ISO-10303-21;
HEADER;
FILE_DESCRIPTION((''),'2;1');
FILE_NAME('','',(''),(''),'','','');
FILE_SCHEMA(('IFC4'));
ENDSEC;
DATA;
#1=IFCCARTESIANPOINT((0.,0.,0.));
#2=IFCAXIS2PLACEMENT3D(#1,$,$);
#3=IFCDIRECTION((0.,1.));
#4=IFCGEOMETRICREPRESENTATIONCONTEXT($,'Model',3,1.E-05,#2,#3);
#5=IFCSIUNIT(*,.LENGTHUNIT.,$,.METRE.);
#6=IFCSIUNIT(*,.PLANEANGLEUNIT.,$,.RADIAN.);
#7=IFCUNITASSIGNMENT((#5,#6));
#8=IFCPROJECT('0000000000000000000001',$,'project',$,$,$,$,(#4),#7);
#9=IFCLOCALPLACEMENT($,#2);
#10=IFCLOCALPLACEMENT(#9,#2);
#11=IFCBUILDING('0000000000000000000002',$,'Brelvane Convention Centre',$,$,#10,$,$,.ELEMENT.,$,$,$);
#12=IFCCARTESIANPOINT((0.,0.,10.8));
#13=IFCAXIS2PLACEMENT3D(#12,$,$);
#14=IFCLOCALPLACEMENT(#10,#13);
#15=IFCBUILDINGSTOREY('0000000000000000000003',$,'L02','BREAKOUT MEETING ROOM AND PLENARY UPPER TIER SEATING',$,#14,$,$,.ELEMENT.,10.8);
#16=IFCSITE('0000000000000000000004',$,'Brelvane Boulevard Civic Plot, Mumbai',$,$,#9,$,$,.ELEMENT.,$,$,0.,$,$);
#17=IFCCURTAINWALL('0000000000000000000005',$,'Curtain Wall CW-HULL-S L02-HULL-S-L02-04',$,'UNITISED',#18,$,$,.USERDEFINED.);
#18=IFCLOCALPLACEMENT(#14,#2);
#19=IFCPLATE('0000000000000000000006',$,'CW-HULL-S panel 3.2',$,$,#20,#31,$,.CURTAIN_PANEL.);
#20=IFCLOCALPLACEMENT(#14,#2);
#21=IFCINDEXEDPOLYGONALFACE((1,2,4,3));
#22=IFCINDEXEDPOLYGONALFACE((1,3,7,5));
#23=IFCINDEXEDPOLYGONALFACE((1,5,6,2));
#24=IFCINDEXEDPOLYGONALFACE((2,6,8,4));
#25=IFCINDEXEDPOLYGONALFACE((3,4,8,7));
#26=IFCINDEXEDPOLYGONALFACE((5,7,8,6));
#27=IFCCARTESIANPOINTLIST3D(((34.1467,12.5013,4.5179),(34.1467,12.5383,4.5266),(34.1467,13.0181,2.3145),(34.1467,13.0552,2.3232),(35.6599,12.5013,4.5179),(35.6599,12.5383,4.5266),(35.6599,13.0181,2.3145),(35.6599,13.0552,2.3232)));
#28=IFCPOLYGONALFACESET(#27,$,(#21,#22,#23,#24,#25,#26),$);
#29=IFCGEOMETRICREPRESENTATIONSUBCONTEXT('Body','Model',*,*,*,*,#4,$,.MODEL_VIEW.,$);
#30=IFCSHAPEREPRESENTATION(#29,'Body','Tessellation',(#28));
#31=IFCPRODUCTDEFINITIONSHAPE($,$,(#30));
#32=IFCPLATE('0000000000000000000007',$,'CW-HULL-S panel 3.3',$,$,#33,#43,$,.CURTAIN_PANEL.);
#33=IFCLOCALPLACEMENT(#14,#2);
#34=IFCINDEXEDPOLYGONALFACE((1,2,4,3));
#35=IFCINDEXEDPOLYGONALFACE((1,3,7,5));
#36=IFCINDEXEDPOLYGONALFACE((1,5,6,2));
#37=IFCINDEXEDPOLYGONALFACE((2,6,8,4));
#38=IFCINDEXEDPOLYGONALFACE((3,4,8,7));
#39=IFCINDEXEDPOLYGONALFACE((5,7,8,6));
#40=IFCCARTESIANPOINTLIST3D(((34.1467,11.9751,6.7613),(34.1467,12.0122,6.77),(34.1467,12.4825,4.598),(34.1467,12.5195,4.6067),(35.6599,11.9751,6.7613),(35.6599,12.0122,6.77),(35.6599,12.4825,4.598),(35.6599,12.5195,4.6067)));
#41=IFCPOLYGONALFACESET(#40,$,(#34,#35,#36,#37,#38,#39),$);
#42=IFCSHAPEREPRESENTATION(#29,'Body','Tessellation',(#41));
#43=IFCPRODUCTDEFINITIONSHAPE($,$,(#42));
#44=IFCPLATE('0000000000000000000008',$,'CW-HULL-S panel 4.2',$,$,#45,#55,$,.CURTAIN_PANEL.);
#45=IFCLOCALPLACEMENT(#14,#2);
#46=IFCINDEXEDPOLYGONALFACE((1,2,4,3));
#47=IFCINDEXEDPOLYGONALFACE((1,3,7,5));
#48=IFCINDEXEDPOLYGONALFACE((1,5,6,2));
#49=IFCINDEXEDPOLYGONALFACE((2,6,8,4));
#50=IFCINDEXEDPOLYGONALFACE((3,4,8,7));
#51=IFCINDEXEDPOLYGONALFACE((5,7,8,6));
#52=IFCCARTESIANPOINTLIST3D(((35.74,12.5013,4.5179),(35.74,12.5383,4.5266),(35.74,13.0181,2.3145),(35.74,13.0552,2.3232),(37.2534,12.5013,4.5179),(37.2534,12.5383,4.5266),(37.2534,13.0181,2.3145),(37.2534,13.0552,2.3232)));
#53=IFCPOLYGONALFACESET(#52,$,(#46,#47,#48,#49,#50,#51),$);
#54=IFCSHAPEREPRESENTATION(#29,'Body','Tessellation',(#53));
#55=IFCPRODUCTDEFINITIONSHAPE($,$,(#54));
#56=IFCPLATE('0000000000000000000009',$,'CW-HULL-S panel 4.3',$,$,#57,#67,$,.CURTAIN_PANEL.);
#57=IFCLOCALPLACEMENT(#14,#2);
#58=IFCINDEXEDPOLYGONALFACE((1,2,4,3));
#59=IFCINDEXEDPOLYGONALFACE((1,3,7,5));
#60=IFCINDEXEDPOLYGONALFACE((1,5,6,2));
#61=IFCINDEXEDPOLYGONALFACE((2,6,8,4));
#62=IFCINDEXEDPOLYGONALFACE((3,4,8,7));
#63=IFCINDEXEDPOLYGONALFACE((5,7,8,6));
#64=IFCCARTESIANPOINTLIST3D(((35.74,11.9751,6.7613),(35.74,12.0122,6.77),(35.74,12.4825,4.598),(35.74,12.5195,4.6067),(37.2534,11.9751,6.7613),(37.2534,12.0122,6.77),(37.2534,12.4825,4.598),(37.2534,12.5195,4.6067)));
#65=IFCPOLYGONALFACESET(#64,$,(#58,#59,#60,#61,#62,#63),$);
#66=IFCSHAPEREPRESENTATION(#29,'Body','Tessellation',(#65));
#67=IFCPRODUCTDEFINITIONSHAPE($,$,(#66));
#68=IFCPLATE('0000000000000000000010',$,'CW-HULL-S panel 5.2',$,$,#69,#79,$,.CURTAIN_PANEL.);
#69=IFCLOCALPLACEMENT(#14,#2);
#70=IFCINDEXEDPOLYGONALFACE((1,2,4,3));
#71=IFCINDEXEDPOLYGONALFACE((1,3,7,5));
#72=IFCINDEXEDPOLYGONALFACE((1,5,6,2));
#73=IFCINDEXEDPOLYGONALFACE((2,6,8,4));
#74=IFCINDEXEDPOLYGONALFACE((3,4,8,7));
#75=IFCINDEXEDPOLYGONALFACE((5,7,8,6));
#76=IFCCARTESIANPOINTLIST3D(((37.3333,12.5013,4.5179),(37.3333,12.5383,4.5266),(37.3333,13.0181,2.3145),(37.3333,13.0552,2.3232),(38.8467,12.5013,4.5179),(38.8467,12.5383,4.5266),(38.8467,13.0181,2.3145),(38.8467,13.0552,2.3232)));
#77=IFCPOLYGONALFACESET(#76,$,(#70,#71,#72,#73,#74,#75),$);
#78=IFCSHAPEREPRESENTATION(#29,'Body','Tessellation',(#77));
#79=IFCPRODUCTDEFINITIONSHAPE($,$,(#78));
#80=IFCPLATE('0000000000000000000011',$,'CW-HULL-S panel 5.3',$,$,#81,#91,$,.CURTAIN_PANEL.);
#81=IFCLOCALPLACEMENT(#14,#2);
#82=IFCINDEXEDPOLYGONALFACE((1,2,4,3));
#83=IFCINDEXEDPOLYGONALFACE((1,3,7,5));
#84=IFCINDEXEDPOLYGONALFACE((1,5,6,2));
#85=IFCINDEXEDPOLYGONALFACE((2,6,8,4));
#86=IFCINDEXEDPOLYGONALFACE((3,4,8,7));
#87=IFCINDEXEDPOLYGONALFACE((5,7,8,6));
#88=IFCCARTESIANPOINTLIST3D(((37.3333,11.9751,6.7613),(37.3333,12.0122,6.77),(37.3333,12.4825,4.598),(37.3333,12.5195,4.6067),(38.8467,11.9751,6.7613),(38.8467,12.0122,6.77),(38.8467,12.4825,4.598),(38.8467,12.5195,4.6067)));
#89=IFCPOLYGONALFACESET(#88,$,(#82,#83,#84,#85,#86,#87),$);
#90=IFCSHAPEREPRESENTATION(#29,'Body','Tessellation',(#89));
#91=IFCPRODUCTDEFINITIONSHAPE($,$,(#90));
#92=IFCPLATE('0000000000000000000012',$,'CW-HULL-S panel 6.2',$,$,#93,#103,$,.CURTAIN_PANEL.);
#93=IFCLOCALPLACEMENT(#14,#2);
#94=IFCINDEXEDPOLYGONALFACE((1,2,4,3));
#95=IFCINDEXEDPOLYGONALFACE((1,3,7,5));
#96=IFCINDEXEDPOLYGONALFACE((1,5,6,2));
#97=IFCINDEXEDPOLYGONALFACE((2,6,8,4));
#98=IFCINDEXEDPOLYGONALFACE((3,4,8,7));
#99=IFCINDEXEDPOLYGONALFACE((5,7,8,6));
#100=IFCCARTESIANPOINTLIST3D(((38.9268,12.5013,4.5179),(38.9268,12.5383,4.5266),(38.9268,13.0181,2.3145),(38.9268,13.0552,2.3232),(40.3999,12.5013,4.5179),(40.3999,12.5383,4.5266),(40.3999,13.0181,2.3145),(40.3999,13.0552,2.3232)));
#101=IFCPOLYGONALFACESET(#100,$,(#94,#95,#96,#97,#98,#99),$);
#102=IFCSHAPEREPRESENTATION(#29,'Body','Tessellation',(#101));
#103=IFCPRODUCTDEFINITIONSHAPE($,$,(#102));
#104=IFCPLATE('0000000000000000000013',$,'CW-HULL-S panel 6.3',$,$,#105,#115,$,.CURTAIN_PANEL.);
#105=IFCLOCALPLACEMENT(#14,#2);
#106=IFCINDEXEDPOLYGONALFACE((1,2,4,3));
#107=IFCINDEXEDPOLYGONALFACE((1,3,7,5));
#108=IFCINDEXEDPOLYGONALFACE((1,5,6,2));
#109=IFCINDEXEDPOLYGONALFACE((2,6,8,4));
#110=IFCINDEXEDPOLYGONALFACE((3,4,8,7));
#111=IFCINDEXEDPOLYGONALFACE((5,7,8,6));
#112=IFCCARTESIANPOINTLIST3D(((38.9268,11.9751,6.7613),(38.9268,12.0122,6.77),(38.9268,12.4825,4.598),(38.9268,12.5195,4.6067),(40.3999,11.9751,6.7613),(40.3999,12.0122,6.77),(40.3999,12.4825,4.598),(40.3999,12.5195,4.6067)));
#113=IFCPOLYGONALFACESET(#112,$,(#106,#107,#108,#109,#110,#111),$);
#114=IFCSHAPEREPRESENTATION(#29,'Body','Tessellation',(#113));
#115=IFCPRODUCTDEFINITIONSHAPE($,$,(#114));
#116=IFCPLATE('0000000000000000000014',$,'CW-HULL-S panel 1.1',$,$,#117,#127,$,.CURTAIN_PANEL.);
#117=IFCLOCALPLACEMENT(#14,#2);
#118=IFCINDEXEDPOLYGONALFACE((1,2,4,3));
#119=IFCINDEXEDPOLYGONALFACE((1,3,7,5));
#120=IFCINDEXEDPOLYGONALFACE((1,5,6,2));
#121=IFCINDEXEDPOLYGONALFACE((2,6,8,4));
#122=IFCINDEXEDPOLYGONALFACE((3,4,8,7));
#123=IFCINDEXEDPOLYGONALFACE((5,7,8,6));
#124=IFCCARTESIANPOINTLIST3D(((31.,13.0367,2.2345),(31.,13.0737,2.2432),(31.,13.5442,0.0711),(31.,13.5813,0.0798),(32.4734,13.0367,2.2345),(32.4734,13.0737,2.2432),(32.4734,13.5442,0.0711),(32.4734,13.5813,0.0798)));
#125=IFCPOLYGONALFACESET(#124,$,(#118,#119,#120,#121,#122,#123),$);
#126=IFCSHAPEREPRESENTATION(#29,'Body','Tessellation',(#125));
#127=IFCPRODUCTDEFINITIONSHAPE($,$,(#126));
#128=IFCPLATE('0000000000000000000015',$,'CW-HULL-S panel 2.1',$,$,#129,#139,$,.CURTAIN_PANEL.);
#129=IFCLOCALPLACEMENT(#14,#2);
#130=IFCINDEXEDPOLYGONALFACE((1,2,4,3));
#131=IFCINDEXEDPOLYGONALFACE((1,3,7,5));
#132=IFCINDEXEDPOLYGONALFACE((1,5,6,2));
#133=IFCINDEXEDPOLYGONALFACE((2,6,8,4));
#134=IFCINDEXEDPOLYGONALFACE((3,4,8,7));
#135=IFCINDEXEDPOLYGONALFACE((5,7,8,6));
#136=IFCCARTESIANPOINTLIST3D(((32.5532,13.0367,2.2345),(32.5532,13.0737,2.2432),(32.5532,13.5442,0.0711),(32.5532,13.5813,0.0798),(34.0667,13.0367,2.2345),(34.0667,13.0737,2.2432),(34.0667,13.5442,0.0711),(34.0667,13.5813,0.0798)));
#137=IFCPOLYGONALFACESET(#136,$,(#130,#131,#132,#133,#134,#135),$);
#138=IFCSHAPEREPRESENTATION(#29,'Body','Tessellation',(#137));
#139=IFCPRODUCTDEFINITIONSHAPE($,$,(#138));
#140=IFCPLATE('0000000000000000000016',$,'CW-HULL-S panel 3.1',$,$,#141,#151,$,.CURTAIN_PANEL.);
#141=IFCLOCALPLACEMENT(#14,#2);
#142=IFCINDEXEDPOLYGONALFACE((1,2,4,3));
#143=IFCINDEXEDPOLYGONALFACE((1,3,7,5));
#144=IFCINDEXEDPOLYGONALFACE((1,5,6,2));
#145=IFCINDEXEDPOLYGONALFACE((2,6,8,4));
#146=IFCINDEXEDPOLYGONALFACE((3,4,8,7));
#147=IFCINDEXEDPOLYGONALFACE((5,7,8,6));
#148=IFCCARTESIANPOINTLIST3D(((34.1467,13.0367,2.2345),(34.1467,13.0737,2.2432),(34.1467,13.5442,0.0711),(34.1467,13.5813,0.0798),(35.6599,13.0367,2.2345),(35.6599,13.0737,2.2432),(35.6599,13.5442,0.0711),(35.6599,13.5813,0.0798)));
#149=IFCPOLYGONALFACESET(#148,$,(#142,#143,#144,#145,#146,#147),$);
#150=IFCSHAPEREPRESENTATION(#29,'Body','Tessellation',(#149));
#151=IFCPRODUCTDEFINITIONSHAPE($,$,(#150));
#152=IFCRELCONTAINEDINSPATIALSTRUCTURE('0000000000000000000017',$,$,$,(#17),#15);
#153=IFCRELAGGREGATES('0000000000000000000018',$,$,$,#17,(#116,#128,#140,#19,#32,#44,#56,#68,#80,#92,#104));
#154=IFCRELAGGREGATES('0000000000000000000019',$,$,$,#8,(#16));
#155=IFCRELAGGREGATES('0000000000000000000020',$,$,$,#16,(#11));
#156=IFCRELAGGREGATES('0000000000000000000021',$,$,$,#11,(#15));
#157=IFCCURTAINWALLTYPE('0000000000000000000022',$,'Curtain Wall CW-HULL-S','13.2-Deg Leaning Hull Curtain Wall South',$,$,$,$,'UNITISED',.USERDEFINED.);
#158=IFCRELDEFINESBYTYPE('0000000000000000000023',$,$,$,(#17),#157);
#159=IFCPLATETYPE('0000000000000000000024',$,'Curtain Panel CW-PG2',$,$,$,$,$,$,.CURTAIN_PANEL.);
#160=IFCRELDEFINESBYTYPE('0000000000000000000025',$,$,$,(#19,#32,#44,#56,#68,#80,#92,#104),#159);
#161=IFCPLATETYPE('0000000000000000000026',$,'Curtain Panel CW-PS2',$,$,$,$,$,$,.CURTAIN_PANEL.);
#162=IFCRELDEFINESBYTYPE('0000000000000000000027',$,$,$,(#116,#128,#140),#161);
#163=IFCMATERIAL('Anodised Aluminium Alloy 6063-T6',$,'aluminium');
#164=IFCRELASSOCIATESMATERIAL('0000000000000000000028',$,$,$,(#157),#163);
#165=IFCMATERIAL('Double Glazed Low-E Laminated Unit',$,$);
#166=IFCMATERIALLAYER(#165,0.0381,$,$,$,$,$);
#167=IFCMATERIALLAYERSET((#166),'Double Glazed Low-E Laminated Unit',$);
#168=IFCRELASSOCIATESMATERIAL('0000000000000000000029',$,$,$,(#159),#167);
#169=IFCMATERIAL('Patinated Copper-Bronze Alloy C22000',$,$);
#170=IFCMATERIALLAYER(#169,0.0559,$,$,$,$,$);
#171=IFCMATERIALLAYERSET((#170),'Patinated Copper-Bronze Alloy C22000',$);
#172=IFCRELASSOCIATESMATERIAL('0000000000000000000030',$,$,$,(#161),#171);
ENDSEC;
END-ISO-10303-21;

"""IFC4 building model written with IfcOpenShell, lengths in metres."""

from ifc_helpers import new_model, si_unit, direction, frame, origin, place, context, subcontext, project, spatial, polyline, outline, extrude, material, layer, layer_set, type_object, element, aggregate, save


model = new_model("IFC4")

# Units and contexts
model_context = context("Model", 3, precision=1e-05, world=origin(), true_north=direction((0.0, 1.0)))
body_context = subcontext(model_context, "Body", "Model", "MODEL_VIEW")
ifc_project = project(units=[si_unit("LENGTHUNIT", "METRE"), si_unit("PLANEANGLEUNIT", "RADIAN")], contexts=[model_context])

# Site, building, storey
site_placement = place(None, origin())
site = spatial("IfcSite", under=ifc_project, at=site_placement, Name="Brelvane Boulevard Civic Plot, Mumbai", CompositionType="ELEMENT", RefElevation=0.0)
building_placement = place(site_placement, origin())
building = spatial("IfcBuilding", under=site, at=building_placement, Name="Brelvane Convention Centre", CompositionType="ELEMENT")
storey_placement = place(building_placement, frame((0.0, 0.0, 10.8)))
storey = spatial("IfcBuildingStorey", under=building, at=storey_placement, Name="L02", Description="BREAKOUT MEETING ROOM AND PLENARY UPPER TIER SEATING", CompositionType="ELEMENT", Elevation=10.8)

# Curtain wall, plates
ifc_material_1 = material(Name="Anodised Aluminium Alloy 6063-T6", Category="aluminium")
curtain_wall_type = type_object("IfcCurtainWallType", Name="Curtain Wall CW-HULL-S", Description="13.2-Deg Leaning Hull Curtain Wall South", ElementType="UNITISED", PredefinedType="USERDEFINED", material=ifc_material_1)
curtain_wall_placement = place(storey_placement, origin())
curtain_wall = element("IfcCurtainWall", 1, at=curtain_wall_placement, inside=storey, type_object=curtain_wall_type, Name="Curtain Wall CW-HULL-S L02-HULL-S-L02-04", ObjectType="UNITISED", PredefinedType="USERDEFINED")
ifc_material_2 = material(Name="Double Glazed Low-E Laminated Unit")
ifc_layer_1 = layer(ifc_material_2, 0.0381)
ifc_layer_set_1 = layer_set([ifc_layer_1], Name="Double Glazed Low-E Laminated Unit")
plate_type_1 = type_object("IfcPlateType", Name="Curtain Panel CW-PG2", PredefinedType="CURTAIN_PANEL", material=ifc_layer_set_1)
plate_1_placement = place(storey_placement, frame((34.1467, 13.0552, 2.3232), z_axis=(0.0, 0.973574, 0.228372), x_axis=(1.0, 0.0, 0.0)))
plate_1 = element("IfcPlate", 2, at=plate_1_placement, type_object=plate_type_1, Name="CW-HULL-S panel 3.2", PredefinedType="CURTAIN_PANEL", context=body_context, shape_type="SweptSolid", body=[
    extrude(outline(polyline([(0.0, 0.0), (1.5132, 0.0), (1.5132, -2.2632), (0.0, -2.2632), (0.0, 0.0)])), origin(), (0.0, 0.0, -1.0), 0.0381),
])
plate_2_placement = place(storey_placement, frame((34.1467, 12.5195, 4.6067), z_axis=(0.0, 0.973587, 0.228317), x_axis=(1.0, 0.0, 0.0)))
plate_2 = element("IfcPlate", 3, at=plate_2_placement, type_object=plate_type_1, Name="CW-HULL-S panel 3.3", PredefinedType="CURTAIN_PANEL", context=body_context, shape_type="SweptSolid", body=[
    extrude(outline(polyline([(0.0, 0.0), (1.5132, 0.0), (1.5132, -2.222), (0.0, -2.222), (0.0, 0.0)])), origin(), (0.0, 0.0, -1.0), 0.0381),
])
plate_3_placement = place(storey_placement, frame((35.74, 13.0552, 2.3232), z_axis=(0.0, 0.973574, 0.228372), x_axis=(1.0, 0.0, 0.0)))
plate_3 = element("IfcPlate", 4, at=plate_3_placement, type_object=plate_type_1, Name="CW-HULL-S panel 4.2", PredefinedType="CURTAIN_PANEL", context=body_context, shape_type="SweptSolid", body=[
    extrude(outline(polyline([(0.0, 0.0), (1.5134, 0.0), (1.5134, -2.2632), (0.0, -2.2632), (0.0, 0.0)])), origin(), (0.0, 0.0, -1.0), 0.0381),
])
plate_4_placement = place(storey_placement, frame((35.74, 12.5195, 4.6067), z_axis=(0.0, 0.973587, 0.228317), x_axis=(1.0, 0.0, 0.0)))
plate_4 = element("IfcPlate", 5, at=plate_4_placement, type_object=plate_type_1, Name="CW-HULL-S panel 4.3", PredefinedType="CURTAIN_PANEL", context=body_context, shape_type="SweptSolid", body=[
    extrude(outline(polyline([(0.0, 0.0), (1.5134, 0.0), (1.5134, -2.222), (0.0, -2.222), (0.0, 0.0)])), origin(), (0.0, 0.0, -1.0), 0.0381),
])
plate_5_placement = place(storey_placement, frame((37.3333, 13.0552, 2.3232), z_axis=(0.0, 0.973574, 0.228372), x_axis=(1.0, 0.0, 0.0)))
plate_5 = element("IfcPlate", 6, at=plate_5_placement, type_object=plate_type_1, Name="CW-HULL-S panel 5.2", PredefinedType="CURTAIN_PANEL", context=body_context, shape_type="SweptSolid", body=[
    extrude(outline(polyline([(0.0, 0.0), (1.5134, 0.0), (1.5134, -2.2632), (0.0, -2.2632), (0.0, 0.0)])), origin(), (0.0, 0.0, -1.0), 0.0381),
])
plate_6_placement = place(storey_placement, frame((37.3333, 12.5195, 4.6067), z_axis=(0.0, 0.973587, 0.228317), x_axis=(1.0, 0.0, 0.0)))
plate_6 = element("IfcPlate", 7, at=plate_6_placement, type_object=plate_type_1, Name="CW-HULL-S panel 5.3", PredefinedType="CURTAIN_PANEL", context=body_context, shape_type="SweptSolid", body=[
    extrude(outline(polyline([(0.0, 0.0), (1.5134, 0.0), (1.5134, -2.222), (0.0, -2.222), (0.0, 0.0)])), origin(), (0.0, 0.0, -1.0), 0.0381),
])
plate_7_placement = place(storey_placement, frame((38.9268, 13.0552, 2.3232), z_axis=(0.0, 0.973574, 0.228372), x_axis=(1.0, 0.0, 0.0)))
plate_7 = element("IfcPlate", 8, at=plate_7_placement, type_object=plate_type_1, Name="CW-HULL-S panel 6.2", PredefinedType="CURTAIN_PANEL", context=body_context, shape_type="SweptSolid", body=[
    extrude(outline(polyline([(0.0, 0.0), (1.4731, 0.0), (1.4731, -2.2632), (0.0, -2.2632), (0.0, 0.0)])), origin(), (0.0, 0.0, -1.0), 0.0381),
])
plate_8_placement = place(storey_placement, frame((38.9268, 12.5195, 4.6067), z_axis=(0.0, 0.973587, 0.228317), x_axis=(1.0, 0.0, 0.0)))
plate_8 = element("IfcPlate", 9, at=plate_8_placement, type_object=plate_type_1, Name="CW-HULL-S panel 6.3", PredefinedType="CURTAIN_PANEL", context=body_context, shape_type="SweptSolid", body=[
    extrude(outline(polyline([(0.0, 0.0), (1.4731, 0.0), (1.4731, -2.222), (0.0, -2.222), (0.0, 0.0)])), origin(), (0.0, 0.0, -1.0), 0.0381),
])
ifc_material_3 = material(Name="Patinated Copper-Bronze Alloy C22000")
ifc_layer_2 = layer(ifc_material_3, 0.0559)
ifc_layer_set_2 = layer_set([ifc_layer_2], Name="Patinated Copper-Bronze Alloy C22000")
plate_type_2 = type_object("IfcPlateType", Name="Curtain Panel CW-PS2", PredefinedType="CURTAIN_PANEL", material=ifc_layer_set_2)
plate_9_placement = place(storey_placement, frame((31.0, 13.5813, 0.0798), z_axis=(0.0, 0.973563, 0.228421), x_axis=(1.0, 0.0, 0.0)))
plate_9 = element("IfcPlate", 10, at=plate_9_placement, type_object=plate_type_2, Name="CW-HULL-S panel 1.1", PredefinedType="CURTAIN_PANEL", context=body_context, shape_type="SweptSolid", body=[
    extrude(outline(polyline([(0.0, 0.0), (1.4734, 0.0), (1.4734, -2.2221), (0.0, -2.2221), (0.0, 0.0)])), origin(), (0.0, 0.0, -1.0), 0.0381),
])
plate_10_placement = place(storey_placement, frame((32.5532, 13.5813, 0.0798), z_axis=(0.0, 0.973563, 0.228421), x_axis=(1.0, 0.0, 0.0)))
plate_10 = element("IfcPlate", 11, at=plate_10_placement, type_object=plate_type_2, Name="CW-HULL-S panel 2.1", PredefinedType="CURTAIN_PANEL", context=body_context, shape_type="SweptSolid", body=[
    extrude(outline(polyline([(0.0, 0.0), (1.5134, 0.0), (1.5134, -2.2221), (0.0, -2.2221), (0.0, 0.0)])), origin(), (0.0, 0.0, -1.0), 0.0381),
])
plate_11_placement = place(storey_placement, frame((34.1467, 13.5813, 0.0798), z_axis=(0.0, 0.973563, 0.228421), x_axis=(1.0, 0.0, 0.0)))
plate_11 = element("IfcPlate", 12, at=plate_11_placement, type_object=plate_type_2, Name="CW-HULL-S panel 3.1", PredefinedType="CURTAIN_PANEL", context=body_context, shape_type="SweptSolid", body=[
    extrude(outline(polyline([(0.0, 0.0), (1.5132, 0.0), (1.5132, -2.2221), (0.0, -2.2221), (0.0, 0.0)])), origin(), (0.0, 0.0, -1.0), 0.0381),
])
aggregate(curtain_wall, [plate_9, plate_10, plate_11, plate_1, plate_2, plate_3, plate_4, plate_5, plate_6, plate_7, plate_8])

save(model, "model.ifc")
